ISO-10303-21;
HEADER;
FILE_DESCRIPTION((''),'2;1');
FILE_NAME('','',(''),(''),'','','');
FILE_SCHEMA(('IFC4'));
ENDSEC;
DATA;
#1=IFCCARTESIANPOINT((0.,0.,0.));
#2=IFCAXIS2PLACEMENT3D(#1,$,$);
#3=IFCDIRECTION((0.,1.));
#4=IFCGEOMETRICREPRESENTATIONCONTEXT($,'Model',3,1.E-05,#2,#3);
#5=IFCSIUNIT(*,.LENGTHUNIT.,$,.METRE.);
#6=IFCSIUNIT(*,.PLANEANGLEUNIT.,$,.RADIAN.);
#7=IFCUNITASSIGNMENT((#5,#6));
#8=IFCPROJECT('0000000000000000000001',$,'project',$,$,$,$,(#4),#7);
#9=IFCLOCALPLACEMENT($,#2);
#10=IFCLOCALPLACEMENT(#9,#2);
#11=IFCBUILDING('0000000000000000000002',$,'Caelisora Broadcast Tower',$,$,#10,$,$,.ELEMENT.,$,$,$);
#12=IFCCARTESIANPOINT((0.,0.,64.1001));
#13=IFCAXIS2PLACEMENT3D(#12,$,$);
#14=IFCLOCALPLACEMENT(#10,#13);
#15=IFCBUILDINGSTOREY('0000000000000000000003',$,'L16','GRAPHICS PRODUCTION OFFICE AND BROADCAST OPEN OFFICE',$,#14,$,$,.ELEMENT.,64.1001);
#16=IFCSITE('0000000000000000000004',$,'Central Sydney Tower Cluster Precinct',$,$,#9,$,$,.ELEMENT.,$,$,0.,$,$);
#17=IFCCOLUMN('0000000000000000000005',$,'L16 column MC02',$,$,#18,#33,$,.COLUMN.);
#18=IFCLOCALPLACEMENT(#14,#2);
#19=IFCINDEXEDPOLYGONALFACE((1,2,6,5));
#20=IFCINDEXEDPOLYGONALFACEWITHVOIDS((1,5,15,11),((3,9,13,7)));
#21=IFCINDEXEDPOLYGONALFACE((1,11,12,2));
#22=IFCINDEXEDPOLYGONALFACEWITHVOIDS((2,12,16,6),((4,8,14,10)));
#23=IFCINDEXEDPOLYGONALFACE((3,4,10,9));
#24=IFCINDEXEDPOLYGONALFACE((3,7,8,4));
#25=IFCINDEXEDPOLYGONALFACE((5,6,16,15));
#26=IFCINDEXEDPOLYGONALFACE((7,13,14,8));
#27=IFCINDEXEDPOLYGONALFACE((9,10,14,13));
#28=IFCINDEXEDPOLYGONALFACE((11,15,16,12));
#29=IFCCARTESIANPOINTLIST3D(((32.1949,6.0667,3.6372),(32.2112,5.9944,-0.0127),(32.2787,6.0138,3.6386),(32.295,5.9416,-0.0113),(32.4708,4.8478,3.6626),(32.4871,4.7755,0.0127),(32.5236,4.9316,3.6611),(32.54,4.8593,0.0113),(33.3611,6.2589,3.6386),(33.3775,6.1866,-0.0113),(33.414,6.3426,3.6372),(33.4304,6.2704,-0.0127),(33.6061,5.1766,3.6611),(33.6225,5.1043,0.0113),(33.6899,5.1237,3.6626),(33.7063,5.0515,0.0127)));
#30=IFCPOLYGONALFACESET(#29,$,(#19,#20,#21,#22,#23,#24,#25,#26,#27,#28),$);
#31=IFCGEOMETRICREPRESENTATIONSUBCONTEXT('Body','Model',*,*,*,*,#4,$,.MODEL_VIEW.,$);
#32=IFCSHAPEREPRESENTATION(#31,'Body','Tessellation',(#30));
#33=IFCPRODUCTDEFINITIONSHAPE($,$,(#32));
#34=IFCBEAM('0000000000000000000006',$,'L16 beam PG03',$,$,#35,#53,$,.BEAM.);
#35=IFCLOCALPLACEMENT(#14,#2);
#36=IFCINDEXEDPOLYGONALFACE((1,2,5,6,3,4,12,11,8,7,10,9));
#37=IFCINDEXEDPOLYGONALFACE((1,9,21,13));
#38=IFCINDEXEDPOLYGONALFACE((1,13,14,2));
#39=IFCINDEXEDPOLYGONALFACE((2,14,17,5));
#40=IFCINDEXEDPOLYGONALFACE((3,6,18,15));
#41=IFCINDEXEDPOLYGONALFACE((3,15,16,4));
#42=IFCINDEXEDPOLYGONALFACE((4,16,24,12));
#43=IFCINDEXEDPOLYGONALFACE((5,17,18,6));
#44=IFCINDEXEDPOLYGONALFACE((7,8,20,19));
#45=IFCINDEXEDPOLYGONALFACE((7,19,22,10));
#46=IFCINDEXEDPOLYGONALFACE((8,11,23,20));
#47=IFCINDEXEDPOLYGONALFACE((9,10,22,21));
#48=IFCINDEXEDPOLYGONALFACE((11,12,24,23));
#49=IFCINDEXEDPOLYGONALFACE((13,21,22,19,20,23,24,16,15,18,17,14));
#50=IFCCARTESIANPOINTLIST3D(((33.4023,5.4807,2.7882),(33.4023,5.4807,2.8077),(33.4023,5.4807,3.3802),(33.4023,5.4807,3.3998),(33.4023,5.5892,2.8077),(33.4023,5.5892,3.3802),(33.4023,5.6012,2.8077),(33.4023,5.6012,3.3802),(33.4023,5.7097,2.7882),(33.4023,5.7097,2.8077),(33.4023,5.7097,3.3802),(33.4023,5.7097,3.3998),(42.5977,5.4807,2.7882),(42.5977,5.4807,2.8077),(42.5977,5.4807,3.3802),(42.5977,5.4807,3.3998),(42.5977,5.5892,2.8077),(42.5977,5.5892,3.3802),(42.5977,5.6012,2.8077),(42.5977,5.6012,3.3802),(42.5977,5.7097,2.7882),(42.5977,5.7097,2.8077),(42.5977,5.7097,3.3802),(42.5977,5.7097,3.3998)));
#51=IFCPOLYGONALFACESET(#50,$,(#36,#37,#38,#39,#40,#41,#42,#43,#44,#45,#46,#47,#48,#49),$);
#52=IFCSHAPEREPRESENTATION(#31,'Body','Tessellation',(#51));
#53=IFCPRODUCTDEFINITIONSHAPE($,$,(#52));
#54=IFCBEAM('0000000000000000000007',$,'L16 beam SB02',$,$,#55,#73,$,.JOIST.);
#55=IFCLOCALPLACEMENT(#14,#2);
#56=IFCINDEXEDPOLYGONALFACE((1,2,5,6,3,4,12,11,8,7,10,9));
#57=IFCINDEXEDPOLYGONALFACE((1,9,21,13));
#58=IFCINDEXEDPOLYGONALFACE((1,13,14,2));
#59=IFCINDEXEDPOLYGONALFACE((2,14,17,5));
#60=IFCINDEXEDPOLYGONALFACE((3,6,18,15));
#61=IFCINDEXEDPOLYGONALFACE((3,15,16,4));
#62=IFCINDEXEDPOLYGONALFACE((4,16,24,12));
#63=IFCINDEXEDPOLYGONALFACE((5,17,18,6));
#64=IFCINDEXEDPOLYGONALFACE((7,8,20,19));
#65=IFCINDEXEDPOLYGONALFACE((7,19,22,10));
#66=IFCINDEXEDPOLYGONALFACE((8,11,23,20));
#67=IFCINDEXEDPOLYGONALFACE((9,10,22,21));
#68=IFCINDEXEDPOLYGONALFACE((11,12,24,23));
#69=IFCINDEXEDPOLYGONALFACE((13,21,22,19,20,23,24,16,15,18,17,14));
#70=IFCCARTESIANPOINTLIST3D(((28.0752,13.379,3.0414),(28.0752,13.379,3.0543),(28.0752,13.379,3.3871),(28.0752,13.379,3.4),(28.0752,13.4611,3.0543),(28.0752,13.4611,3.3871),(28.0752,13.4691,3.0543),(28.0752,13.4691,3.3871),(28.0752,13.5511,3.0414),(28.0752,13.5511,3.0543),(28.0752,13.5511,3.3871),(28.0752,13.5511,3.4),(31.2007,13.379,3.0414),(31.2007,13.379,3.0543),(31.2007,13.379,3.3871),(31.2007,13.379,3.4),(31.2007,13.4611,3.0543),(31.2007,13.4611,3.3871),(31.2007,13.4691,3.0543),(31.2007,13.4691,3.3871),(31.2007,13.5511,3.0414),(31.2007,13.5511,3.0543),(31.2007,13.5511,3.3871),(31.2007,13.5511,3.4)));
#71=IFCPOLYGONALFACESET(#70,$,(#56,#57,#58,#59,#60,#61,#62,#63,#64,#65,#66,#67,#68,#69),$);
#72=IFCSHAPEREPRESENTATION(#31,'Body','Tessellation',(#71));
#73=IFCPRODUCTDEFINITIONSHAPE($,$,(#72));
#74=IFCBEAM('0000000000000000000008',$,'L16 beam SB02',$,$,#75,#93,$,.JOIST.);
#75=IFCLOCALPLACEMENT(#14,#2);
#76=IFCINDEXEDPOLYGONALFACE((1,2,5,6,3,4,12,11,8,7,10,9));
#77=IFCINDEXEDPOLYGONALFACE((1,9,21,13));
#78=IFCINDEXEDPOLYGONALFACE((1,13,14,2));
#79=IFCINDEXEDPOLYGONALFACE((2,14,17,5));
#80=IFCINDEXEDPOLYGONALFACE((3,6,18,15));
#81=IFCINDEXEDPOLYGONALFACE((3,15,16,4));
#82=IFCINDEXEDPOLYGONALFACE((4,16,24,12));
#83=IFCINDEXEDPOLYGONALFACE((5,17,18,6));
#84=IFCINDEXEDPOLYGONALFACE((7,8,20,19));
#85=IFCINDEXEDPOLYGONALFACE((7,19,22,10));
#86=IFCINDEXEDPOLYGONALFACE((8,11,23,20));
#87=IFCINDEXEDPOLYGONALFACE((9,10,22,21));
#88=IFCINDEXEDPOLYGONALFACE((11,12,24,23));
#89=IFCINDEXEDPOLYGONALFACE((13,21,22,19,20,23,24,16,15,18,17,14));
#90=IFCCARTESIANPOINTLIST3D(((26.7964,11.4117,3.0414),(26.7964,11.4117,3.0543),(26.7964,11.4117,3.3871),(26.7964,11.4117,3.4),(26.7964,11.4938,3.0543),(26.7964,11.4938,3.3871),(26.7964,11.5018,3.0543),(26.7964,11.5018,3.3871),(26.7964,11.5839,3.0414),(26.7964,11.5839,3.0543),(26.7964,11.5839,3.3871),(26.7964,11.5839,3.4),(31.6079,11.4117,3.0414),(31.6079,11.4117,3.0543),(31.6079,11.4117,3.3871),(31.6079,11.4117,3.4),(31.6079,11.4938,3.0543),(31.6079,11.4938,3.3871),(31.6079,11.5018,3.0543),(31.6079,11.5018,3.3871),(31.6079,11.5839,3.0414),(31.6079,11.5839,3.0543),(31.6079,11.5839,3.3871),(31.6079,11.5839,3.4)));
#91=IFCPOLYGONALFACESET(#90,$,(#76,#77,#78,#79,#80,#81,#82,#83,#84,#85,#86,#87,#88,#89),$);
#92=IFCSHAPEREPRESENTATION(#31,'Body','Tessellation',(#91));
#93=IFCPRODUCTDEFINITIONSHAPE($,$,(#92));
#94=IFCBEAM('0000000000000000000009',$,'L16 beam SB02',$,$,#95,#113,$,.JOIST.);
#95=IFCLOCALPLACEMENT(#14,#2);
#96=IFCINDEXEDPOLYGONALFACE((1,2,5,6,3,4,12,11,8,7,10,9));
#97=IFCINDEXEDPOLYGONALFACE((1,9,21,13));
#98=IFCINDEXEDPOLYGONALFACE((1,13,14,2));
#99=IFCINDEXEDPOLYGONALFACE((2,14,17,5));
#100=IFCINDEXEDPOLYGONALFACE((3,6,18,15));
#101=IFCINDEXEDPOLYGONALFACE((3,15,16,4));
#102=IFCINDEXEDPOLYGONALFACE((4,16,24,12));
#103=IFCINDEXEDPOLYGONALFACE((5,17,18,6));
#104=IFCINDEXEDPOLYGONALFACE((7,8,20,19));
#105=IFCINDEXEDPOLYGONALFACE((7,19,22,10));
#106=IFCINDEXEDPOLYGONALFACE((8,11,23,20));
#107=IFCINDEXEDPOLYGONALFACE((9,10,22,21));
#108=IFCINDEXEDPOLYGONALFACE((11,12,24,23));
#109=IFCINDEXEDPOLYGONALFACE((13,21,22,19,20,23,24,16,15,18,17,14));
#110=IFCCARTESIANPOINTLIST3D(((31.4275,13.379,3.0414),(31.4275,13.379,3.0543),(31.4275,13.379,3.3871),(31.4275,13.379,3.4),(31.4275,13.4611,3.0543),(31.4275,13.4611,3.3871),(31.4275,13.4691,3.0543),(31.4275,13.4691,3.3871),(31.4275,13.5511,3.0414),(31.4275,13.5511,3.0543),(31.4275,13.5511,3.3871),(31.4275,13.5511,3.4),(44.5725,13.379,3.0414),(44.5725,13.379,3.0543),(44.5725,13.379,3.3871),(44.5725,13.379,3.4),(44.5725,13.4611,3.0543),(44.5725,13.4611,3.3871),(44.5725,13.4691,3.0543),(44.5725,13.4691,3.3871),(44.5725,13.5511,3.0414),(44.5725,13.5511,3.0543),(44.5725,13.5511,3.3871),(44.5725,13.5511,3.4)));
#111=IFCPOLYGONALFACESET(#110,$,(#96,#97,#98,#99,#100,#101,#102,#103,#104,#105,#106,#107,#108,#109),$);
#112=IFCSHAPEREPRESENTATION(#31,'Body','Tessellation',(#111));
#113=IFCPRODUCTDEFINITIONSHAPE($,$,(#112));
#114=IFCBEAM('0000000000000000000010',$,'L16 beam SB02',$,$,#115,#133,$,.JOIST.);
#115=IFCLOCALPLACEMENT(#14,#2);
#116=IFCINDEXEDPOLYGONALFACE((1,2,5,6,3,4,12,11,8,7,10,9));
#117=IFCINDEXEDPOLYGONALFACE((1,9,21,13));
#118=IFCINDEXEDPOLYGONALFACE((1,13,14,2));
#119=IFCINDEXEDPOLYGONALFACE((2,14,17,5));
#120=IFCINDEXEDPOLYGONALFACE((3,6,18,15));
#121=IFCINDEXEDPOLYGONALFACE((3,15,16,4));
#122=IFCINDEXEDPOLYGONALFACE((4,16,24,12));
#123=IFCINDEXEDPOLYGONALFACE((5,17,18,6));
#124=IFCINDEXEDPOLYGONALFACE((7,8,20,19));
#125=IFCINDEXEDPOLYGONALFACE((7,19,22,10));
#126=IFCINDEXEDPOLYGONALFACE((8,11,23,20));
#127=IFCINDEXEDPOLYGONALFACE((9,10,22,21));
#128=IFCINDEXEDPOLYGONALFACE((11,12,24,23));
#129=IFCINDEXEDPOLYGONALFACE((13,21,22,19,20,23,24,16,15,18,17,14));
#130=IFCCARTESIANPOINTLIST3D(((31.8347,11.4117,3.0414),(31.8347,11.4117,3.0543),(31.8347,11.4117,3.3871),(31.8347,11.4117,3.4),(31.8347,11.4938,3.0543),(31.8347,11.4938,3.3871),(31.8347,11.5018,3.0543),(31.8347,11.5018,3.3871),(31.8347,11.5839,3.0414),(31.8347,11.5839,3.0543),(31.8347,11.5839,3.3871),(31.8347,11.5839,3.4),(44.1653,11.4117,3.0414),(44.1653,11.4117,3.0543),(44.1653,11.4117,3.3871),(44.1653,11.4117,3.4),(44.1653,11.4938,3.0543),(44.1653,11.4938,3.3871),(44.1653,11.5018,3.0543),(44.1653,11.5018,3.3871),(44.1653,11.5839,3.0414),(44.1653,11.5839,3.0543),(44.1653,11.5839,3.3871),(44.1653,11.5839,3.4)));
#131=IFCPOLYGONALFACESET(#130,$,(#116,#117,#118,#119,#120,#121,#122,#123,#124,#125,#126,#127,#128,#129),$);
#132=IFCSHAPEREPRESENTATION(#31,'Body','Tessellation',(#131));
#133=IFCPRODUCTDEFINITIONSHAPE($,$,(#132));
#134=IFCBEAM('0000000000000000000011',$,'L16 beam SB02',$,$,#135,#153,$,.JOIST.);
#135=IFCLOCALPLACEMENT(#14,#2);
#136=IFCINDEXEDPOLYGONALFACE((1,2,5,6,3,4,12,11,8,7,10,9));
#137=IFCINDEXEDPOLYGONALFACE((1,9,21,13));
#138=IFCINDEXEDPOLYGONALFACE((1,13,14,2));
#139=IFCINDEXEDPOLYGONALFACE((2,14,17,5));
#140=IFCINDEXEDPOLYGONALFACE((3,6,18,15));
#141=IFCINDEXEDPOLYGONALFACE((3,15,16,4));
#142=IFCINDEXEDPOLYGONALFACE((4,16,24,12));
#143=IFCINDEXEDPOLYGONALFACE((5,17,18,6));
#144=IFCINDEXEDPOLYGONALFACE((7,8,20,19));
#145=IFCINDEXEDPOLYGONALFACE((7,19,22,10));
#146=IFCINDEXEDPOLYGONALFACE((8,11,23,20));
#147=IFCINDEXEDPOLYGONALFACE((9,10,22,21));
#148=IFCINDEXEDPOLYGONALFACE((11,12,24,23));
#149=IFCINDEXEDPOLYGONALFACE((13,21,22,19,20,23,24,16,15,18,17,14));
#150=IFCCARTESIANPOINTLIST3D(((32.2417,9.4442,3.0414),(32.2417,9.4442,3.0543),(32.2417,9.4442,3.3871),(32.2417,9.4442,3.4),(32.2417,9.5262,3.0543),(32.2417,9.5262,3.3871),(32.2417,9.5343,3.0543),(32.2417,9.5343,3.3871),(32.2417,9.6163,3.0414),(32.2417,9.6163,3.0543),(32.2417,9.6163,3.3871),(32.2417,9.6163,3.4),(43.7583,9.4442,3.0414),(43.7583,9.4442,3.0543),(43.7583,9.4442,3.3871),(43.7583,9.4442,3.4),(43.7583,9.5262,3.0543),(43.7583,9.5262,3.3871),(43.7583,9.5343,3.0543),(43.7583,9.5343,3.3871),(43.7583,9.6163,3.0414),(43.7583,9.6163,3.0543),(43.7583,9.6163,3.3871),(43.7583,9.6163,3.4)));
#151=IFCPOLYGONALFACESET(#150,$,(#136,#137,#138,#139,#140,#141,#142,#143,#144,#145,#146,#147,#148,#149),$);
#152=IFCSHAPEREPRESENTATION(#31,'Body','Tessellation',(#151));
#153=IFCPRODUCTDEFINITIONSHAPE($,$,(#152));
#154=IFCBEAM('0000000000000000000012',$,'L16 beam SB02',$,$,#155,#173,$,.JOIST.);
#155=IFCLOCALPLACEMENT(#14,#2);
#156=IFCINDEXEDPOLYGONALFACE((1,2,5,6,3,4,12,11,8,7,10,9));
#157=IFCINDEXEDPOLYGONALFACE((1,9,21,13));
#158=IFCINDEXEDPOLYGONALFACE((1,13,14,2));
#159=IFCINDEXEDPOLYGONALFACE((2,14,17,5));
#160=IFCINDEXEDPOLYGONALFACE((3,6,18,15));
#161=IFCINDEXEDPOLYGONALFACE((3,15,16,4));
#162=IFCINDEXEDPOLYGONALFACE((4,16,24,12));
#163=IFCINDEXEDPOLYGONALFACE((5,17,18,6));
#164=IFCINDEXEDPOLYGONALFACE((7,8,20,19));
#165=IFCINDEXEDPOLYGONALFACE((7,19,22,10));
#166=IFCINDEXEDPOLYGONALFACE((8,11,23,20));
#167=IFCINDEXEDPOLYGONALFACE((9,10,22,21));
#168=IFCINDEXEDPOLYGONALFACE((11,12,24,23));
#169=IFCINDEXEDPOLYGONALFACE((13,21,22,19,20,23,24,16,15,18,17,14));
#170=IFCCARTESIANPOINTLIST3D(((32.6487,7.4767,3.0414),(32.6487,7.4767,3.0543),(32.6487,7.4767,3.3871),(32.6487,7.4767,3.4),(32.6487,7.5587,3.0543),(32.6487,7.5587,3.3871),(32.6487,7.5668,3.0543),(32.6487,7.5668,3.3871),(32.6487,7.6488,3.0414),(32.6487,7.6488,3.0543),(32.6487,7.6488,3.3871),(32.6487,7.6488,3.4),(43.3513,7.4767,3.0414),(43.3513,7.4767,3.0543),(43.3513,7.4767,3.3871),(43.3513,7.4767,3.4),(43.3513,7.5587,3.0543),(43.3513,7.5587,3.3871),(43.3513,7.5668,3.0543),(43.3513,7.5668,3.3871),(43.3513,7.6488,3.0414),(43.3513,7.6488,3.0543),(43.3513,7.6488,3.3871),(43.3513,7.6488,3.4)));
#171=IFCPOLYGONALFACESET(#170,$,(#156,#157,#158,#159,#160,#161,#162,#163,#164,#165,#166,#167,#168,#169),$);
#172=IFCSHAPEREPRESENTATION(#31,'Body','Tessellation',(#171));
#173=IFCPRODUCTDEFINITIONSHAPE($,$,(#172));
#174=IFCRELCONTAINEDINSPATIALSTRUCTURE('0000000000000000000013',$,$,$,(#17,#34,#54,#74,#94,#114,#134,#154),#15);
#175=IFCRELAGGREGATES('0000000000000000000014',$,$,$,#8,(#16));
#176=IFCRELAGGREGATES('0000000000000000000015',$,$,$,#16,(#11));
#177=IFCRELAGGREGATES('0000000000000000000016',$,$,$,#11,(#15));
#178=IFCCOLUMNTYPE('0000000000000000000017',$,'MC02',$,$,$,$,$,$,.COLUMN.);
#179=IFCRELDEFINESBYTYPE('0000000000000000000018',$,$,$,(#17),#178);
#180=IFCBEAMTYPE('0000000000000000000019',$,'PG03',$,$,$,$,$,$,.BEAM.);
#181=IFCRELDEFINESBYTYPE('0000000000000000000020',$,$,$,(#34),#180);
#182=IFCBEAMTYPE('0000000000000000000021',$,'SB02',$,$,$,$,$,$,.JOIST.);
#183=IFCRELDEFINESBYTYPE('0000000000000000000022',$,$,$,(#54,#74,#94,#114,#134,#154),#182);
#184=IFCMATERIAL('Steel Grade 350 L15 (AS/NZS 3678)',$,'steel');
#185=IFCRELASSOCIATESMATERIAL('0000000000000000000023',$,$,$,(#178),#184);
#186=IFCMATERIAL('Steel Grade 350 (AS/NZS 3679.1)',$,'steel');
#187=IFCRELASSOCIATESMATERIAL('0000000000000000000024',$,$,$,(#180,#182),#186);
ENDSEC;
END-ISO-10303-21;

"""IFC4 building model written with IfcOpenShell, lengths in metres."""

from ifc_helpers import new_model, si_unit, direction, frame, origin, origin_2d, place, context, subcontext, project, spatial, hollow_rectangle, i_section, extrude, source, transform, mapped, material, material_profile, profile_set, type_object, type_shapes, element, save


model = new_model("IFC4")

# Units and contexts
model_context = context("Model", 3, precision=1e-05, world=origin(), true_north=direction((0.0, 1.0)))
body_context = subcontext(model_context, "Body", "Model", "MODEL_VIEW")
ifc_project = project(units=[si_unit("LENGTHUNIT", "METRE"), si_unit("PLANEANGLEUNIT", "RADIAN")], contexts=[model_context])

# Site, building, storey
site_placement = place(None, origin())
site = spatial("IfcSite", under=ifc_project, at=site_placement, Name="Central Sydney Tower Cluster Precinct", CompositionType="ELEMENT", RefElevation=0.0)
building_placement = place(site_placement, origin())
building = spatial("IfcBuilding", under=site, at=building_placement, Name="Caelisora Broadcast Tower", CompositionType="ELEMENT")
storey_placement = place(building_placement, frame((0.0, 0.0, 64.1001)))
storey = spatial("IfcBuildingStorey", under=building, at=storey_placement, Name="L16", Description="GRAPHICS PRODUCTION OFFICE AND BROADCAST OPEN OFFICE", CompositionType="ELEMENT", Elevation=64.1001)

# Column
ifc_material_1 = material(Name="Steel Grade 350 L15 (AS/NZS 3678)", Category="steel")
ifc_material_profile_1 = material_profile(ifc_material_1, hollow_rectangle(XDim=1.25, YDim=1.25, WallThickness=0.0701, at=origin_2d()), Name="Steel Grade 350 L15 (AS/NZS 3678)")
ifc_profile_set_1 = profile_set([ifc_material_profile_1], Name="Steel Grade 350 L15 (AS/NZS 3678)")
column_type = type_object("IfcColumnType", Name="MC02", PredefinedType="COLUMN", material=ifc_profile_set_1)
shared_shape_1 = source(origin(), body_context, "Body", "SweptSolid", [
    extrude(hollow_rectangle(XDim=1.25, YDim=1.25, WallThickness=0.0701, at=origin_2d()), origin(), (0.0, 0.0, 1.0), 3.6506),
])
type_shapes(column_type, [shared_shape_1])
column_placement = place(storey_placement, frame((32.9587, 5.5229, 0.0), z_axis=(-0.004481, 0.019795, 0.999794), x_axis=(-0.975327, -0.220767, 0.0)))
element("IfcColumn", 1, at=column_placement, inside=storey, type_object=column_type, Name="L16 column MC02", PredefinedType="COLUMN", context=body_context, shape_type="MappedRepresentation", body=[
    mapped(shared_shape_1, transform((0.0, 0.0, 0.0), scale=1.0)),
])

# Beams
ifc_material_2 = material(Name="Steel Grade 350 (AS/NZS 3679.1)", Category="steel")
ifc_material_profile_2 = material_profile(ifc_material_2, i_section(OverallWidth=0.229, OverallDepth=0.6116, WebThickness=0.012, FlangeThickness=0.0195, at=origin_2d()), Name="Steel Grade 350 (AS/NZS 3679.1)")
ifc_profile_set_2 = profile_set([ifc_material_profile_2], Name="Steel Grade 350 (AS/NZS 3679.1)")
beam_type_1 = type_object("IfcBeamType", Name="PG03", PredefinedType="BEAM", material=ifc_profile_set_2)
shared_shape_2 = source(origin(), body_context, "Body", "SweptSolid", [
    extrude(i_section(OverallWidth=0.229, OverallDepth=0.6116, WebThickness=0.012, FlangeThickness=0.0195, at=origin_2d()), origin(), (0.0, 0.0, 1.0), 9.1953),
])
type_shapes(beam_type_1, [shared_shape_2])
beam_1_placement = place(storey_placement, frame((33.4023, 5.5952, 3.094), z_axis=(1.0, 0.0, 0.0), x_axis=(0.0, 1.0, 0.0)))
element("IfcBeam", 2, at=beam_1_placement, inside=storey, type_object=beam_type_1, Name="L16 beam PG03", PredefinedType="BEAM", context=body_context, shape_type="MappedRepresentation", body=[
    mapped(shared_shape_2, transform((0.0, 0.0, 0.0), scale=1.0)),
])
ifc_material_profile_3 = material_profile(ifc_material_2, i_section(OverallWidth=0.1721, OverallDepth=0.3586, WebThickness=0.0081, FlangeThickness=0.0129, at=origin_2d()), Name="Steel Grade 350 (AS/NZS 3679.1)")
ifc_profile_set_3 = profile_set([ifc_material_profile_3], Name="Steel Grade 350 (AS/NZS 3679.1)")
beam_type_2 = type_object("IfcBeamType", Name="SB02", PredefinedType="JOIST", material=ifc_profile_set_3)
shared_shape_3 = source(origin(), body_context, "Body", "SweptSolid", [
    extrude(i_section(OverallWidth=0.1721, OverallDepth=0.3586, WebThickness=0.0081, FlangeThickness=0.0129, at=origin_2d()), origin(), (0.0, 0.0, 1.0), 3.1255),
])
beam_2_placement = place(storey_placement, frame((28.0752, 13.4651, 3.2207), z_axis=(1.0, 0.0, 0.0), x_axis=(0.0, 1.0, 0.0)))
element("IfcBeam", 3, at=beam_2_placement, inside=storey, type_object=beam_type_2, Name="L16 beam SB02", PredefinedType="JOIST", context=body_context, shape_type="MappedRepresentation", body=[
    mapped(shared_shape_3, transform((0.0, 0.0, 0.0), scale=1.0)),
])
shared_shape_4 = source(origin(), body_context, "Body", "SweptSolid", [
    extrude(i_section(OverallWidth=0.1721, OverallDepth=0.3586, WebThickness=0.0081, FlangeThickness=0.0129, at=origin_2d()), origin(), (0.0, 0.0, 1.0), 4.8115),
])
beam_3_placement = place(storey_placement, frame((26.7964, 11.4978, 3.2207), z_axis=(1.0, 0.0, 0.0), x_axis=(0.0, 1.0, 0.0)))
element("IfcBeam", 4, at=beam_3_placement, inside=storey, type_object=beam_type_2, Name="L16 beam SB02", PredefinedType="JOIST", context=body_context, shape_type="MappedRepresentation", body=[
    mapped(shared_shape_4, transform((0.0, 0.0, 0.0), scale=1.0)),
])
shared_shape_5 = source(origin(), body_context, "Body", "SweptSolid", [
    extrude(i_section(OverallWidth=0.1721, OverallDepth=0.3586, WebThickness=0.0081, FlangeThickness=0.0129, at=origin_2d()), origin(), (0.0, 0.0, 1.0), 13.145),
])
beam_4_placement = place(storey_placement, frame((31.4275, 13.4651, 3.2207), z_axis=(1.0, 0.0, 0.0), x_axis=(0.0, 1.0, 0.0)))
element("IfcBeam", 5, at=beam_4_placement, inside=storey, type_object=beam_type_2, Name="L16 beam SB02", PredefinedType="JOIST", context=body_context, shape_type="MappedRepresentation", body=[
    mapped(shared_shape_5, transform((0.0, 0.0, 0.0), scale=1.0)),
])
shared_shape_6 = source(origin(), body_context, "Body", "SweptSolid", [
    extrude(i_section(OverallWidth=0.1721, OverallDepth=0.3586, WebThickness=0.0081, FlangeThickness=0.0129, at=origin_2d()), origin(), (0.0, 0.0, 1.0), 12.3306),
])
beam_5_placement = place(storey_placement, frame((31.8347, 11.4978, 3.2207), z_axis=(1.0, 0.0, 0.0), x_axis=(0.0, 1.0, 0.0)))
element("IfcBeam", 6, at=beam_5_placement, inside=storey, type_object=beam_type_2, Name="L16 beam SB02", PredefinedType="JOIST", context=body_context, shape_type="MappedRepresentation", body=[
    mapped(shared_shape_6, transform((0.0, 0.0, 0.0), scale=1.0)),
])
shared_shape_7 = source(origin(), body_context, "Body", "SweptSolid", [
    extrude(i_section(OverallWidth=0.1721, OverallDepth=0.3586, WebThickness=0.0081, FlangeThickness=0.0129, at=origin_2d()), origin(), (0.0, 0.0, 1.0), 11.5166),
])
beam_6_placement = place(storey_placement, frame((32.2417, 9.5303, 3.2207), z_axis=(1.0, 0.0, 0.0), x_axis=(0.0, 1.0, 0.0)))
element("IfcBeam", 7, at=beam_6_placement, inside=storey, type_object=beam_type_2, Name="L16 beam SB02", PredefinedType="JOIST", context=body_context, shape_type="MappedRepresentation", body=[
    mapped(shared_shape_7, transform((0.0, 0.0, 0.0), scale=1.0)),
])
shared_shape_8 = source(origin(), body_context, "Body", "SweptSolid", [
    extrude(i_section(OverallWidth=0.1721, OverallDepth=0.3586, WebThickness=0.0081, FlangeThickness=0.0129, at=origin_2d()), origin(), (0.0, 0.0, 1.0), 10.7026),
])
type_shapes(beam_type_2, [shared_shape_3, shared_shape_4, shared_shape_5, shared_shape_6, shared_shape_7, shared_shape_8])
beam_7_placement = place(storey_placement, frame((32.6487, 7.5627, 3.2207), z_axis=(1.0, 0.0, 0.0), x_axis=(0.0, 1.0, 0.0)))
element("IfcBeam", 8, at=beam_7_placement, inside=storey, type_object=beam_type_2, Name="L16 beam SB02", PredefinedType="JOIST", context=body_context, shape_type="MappedRepresentation", body=[
    mapped(shared_shape_8, transform((0.0, 0.0, 0.0), scale=1.0)),
])

save(model, "model.ifc")
